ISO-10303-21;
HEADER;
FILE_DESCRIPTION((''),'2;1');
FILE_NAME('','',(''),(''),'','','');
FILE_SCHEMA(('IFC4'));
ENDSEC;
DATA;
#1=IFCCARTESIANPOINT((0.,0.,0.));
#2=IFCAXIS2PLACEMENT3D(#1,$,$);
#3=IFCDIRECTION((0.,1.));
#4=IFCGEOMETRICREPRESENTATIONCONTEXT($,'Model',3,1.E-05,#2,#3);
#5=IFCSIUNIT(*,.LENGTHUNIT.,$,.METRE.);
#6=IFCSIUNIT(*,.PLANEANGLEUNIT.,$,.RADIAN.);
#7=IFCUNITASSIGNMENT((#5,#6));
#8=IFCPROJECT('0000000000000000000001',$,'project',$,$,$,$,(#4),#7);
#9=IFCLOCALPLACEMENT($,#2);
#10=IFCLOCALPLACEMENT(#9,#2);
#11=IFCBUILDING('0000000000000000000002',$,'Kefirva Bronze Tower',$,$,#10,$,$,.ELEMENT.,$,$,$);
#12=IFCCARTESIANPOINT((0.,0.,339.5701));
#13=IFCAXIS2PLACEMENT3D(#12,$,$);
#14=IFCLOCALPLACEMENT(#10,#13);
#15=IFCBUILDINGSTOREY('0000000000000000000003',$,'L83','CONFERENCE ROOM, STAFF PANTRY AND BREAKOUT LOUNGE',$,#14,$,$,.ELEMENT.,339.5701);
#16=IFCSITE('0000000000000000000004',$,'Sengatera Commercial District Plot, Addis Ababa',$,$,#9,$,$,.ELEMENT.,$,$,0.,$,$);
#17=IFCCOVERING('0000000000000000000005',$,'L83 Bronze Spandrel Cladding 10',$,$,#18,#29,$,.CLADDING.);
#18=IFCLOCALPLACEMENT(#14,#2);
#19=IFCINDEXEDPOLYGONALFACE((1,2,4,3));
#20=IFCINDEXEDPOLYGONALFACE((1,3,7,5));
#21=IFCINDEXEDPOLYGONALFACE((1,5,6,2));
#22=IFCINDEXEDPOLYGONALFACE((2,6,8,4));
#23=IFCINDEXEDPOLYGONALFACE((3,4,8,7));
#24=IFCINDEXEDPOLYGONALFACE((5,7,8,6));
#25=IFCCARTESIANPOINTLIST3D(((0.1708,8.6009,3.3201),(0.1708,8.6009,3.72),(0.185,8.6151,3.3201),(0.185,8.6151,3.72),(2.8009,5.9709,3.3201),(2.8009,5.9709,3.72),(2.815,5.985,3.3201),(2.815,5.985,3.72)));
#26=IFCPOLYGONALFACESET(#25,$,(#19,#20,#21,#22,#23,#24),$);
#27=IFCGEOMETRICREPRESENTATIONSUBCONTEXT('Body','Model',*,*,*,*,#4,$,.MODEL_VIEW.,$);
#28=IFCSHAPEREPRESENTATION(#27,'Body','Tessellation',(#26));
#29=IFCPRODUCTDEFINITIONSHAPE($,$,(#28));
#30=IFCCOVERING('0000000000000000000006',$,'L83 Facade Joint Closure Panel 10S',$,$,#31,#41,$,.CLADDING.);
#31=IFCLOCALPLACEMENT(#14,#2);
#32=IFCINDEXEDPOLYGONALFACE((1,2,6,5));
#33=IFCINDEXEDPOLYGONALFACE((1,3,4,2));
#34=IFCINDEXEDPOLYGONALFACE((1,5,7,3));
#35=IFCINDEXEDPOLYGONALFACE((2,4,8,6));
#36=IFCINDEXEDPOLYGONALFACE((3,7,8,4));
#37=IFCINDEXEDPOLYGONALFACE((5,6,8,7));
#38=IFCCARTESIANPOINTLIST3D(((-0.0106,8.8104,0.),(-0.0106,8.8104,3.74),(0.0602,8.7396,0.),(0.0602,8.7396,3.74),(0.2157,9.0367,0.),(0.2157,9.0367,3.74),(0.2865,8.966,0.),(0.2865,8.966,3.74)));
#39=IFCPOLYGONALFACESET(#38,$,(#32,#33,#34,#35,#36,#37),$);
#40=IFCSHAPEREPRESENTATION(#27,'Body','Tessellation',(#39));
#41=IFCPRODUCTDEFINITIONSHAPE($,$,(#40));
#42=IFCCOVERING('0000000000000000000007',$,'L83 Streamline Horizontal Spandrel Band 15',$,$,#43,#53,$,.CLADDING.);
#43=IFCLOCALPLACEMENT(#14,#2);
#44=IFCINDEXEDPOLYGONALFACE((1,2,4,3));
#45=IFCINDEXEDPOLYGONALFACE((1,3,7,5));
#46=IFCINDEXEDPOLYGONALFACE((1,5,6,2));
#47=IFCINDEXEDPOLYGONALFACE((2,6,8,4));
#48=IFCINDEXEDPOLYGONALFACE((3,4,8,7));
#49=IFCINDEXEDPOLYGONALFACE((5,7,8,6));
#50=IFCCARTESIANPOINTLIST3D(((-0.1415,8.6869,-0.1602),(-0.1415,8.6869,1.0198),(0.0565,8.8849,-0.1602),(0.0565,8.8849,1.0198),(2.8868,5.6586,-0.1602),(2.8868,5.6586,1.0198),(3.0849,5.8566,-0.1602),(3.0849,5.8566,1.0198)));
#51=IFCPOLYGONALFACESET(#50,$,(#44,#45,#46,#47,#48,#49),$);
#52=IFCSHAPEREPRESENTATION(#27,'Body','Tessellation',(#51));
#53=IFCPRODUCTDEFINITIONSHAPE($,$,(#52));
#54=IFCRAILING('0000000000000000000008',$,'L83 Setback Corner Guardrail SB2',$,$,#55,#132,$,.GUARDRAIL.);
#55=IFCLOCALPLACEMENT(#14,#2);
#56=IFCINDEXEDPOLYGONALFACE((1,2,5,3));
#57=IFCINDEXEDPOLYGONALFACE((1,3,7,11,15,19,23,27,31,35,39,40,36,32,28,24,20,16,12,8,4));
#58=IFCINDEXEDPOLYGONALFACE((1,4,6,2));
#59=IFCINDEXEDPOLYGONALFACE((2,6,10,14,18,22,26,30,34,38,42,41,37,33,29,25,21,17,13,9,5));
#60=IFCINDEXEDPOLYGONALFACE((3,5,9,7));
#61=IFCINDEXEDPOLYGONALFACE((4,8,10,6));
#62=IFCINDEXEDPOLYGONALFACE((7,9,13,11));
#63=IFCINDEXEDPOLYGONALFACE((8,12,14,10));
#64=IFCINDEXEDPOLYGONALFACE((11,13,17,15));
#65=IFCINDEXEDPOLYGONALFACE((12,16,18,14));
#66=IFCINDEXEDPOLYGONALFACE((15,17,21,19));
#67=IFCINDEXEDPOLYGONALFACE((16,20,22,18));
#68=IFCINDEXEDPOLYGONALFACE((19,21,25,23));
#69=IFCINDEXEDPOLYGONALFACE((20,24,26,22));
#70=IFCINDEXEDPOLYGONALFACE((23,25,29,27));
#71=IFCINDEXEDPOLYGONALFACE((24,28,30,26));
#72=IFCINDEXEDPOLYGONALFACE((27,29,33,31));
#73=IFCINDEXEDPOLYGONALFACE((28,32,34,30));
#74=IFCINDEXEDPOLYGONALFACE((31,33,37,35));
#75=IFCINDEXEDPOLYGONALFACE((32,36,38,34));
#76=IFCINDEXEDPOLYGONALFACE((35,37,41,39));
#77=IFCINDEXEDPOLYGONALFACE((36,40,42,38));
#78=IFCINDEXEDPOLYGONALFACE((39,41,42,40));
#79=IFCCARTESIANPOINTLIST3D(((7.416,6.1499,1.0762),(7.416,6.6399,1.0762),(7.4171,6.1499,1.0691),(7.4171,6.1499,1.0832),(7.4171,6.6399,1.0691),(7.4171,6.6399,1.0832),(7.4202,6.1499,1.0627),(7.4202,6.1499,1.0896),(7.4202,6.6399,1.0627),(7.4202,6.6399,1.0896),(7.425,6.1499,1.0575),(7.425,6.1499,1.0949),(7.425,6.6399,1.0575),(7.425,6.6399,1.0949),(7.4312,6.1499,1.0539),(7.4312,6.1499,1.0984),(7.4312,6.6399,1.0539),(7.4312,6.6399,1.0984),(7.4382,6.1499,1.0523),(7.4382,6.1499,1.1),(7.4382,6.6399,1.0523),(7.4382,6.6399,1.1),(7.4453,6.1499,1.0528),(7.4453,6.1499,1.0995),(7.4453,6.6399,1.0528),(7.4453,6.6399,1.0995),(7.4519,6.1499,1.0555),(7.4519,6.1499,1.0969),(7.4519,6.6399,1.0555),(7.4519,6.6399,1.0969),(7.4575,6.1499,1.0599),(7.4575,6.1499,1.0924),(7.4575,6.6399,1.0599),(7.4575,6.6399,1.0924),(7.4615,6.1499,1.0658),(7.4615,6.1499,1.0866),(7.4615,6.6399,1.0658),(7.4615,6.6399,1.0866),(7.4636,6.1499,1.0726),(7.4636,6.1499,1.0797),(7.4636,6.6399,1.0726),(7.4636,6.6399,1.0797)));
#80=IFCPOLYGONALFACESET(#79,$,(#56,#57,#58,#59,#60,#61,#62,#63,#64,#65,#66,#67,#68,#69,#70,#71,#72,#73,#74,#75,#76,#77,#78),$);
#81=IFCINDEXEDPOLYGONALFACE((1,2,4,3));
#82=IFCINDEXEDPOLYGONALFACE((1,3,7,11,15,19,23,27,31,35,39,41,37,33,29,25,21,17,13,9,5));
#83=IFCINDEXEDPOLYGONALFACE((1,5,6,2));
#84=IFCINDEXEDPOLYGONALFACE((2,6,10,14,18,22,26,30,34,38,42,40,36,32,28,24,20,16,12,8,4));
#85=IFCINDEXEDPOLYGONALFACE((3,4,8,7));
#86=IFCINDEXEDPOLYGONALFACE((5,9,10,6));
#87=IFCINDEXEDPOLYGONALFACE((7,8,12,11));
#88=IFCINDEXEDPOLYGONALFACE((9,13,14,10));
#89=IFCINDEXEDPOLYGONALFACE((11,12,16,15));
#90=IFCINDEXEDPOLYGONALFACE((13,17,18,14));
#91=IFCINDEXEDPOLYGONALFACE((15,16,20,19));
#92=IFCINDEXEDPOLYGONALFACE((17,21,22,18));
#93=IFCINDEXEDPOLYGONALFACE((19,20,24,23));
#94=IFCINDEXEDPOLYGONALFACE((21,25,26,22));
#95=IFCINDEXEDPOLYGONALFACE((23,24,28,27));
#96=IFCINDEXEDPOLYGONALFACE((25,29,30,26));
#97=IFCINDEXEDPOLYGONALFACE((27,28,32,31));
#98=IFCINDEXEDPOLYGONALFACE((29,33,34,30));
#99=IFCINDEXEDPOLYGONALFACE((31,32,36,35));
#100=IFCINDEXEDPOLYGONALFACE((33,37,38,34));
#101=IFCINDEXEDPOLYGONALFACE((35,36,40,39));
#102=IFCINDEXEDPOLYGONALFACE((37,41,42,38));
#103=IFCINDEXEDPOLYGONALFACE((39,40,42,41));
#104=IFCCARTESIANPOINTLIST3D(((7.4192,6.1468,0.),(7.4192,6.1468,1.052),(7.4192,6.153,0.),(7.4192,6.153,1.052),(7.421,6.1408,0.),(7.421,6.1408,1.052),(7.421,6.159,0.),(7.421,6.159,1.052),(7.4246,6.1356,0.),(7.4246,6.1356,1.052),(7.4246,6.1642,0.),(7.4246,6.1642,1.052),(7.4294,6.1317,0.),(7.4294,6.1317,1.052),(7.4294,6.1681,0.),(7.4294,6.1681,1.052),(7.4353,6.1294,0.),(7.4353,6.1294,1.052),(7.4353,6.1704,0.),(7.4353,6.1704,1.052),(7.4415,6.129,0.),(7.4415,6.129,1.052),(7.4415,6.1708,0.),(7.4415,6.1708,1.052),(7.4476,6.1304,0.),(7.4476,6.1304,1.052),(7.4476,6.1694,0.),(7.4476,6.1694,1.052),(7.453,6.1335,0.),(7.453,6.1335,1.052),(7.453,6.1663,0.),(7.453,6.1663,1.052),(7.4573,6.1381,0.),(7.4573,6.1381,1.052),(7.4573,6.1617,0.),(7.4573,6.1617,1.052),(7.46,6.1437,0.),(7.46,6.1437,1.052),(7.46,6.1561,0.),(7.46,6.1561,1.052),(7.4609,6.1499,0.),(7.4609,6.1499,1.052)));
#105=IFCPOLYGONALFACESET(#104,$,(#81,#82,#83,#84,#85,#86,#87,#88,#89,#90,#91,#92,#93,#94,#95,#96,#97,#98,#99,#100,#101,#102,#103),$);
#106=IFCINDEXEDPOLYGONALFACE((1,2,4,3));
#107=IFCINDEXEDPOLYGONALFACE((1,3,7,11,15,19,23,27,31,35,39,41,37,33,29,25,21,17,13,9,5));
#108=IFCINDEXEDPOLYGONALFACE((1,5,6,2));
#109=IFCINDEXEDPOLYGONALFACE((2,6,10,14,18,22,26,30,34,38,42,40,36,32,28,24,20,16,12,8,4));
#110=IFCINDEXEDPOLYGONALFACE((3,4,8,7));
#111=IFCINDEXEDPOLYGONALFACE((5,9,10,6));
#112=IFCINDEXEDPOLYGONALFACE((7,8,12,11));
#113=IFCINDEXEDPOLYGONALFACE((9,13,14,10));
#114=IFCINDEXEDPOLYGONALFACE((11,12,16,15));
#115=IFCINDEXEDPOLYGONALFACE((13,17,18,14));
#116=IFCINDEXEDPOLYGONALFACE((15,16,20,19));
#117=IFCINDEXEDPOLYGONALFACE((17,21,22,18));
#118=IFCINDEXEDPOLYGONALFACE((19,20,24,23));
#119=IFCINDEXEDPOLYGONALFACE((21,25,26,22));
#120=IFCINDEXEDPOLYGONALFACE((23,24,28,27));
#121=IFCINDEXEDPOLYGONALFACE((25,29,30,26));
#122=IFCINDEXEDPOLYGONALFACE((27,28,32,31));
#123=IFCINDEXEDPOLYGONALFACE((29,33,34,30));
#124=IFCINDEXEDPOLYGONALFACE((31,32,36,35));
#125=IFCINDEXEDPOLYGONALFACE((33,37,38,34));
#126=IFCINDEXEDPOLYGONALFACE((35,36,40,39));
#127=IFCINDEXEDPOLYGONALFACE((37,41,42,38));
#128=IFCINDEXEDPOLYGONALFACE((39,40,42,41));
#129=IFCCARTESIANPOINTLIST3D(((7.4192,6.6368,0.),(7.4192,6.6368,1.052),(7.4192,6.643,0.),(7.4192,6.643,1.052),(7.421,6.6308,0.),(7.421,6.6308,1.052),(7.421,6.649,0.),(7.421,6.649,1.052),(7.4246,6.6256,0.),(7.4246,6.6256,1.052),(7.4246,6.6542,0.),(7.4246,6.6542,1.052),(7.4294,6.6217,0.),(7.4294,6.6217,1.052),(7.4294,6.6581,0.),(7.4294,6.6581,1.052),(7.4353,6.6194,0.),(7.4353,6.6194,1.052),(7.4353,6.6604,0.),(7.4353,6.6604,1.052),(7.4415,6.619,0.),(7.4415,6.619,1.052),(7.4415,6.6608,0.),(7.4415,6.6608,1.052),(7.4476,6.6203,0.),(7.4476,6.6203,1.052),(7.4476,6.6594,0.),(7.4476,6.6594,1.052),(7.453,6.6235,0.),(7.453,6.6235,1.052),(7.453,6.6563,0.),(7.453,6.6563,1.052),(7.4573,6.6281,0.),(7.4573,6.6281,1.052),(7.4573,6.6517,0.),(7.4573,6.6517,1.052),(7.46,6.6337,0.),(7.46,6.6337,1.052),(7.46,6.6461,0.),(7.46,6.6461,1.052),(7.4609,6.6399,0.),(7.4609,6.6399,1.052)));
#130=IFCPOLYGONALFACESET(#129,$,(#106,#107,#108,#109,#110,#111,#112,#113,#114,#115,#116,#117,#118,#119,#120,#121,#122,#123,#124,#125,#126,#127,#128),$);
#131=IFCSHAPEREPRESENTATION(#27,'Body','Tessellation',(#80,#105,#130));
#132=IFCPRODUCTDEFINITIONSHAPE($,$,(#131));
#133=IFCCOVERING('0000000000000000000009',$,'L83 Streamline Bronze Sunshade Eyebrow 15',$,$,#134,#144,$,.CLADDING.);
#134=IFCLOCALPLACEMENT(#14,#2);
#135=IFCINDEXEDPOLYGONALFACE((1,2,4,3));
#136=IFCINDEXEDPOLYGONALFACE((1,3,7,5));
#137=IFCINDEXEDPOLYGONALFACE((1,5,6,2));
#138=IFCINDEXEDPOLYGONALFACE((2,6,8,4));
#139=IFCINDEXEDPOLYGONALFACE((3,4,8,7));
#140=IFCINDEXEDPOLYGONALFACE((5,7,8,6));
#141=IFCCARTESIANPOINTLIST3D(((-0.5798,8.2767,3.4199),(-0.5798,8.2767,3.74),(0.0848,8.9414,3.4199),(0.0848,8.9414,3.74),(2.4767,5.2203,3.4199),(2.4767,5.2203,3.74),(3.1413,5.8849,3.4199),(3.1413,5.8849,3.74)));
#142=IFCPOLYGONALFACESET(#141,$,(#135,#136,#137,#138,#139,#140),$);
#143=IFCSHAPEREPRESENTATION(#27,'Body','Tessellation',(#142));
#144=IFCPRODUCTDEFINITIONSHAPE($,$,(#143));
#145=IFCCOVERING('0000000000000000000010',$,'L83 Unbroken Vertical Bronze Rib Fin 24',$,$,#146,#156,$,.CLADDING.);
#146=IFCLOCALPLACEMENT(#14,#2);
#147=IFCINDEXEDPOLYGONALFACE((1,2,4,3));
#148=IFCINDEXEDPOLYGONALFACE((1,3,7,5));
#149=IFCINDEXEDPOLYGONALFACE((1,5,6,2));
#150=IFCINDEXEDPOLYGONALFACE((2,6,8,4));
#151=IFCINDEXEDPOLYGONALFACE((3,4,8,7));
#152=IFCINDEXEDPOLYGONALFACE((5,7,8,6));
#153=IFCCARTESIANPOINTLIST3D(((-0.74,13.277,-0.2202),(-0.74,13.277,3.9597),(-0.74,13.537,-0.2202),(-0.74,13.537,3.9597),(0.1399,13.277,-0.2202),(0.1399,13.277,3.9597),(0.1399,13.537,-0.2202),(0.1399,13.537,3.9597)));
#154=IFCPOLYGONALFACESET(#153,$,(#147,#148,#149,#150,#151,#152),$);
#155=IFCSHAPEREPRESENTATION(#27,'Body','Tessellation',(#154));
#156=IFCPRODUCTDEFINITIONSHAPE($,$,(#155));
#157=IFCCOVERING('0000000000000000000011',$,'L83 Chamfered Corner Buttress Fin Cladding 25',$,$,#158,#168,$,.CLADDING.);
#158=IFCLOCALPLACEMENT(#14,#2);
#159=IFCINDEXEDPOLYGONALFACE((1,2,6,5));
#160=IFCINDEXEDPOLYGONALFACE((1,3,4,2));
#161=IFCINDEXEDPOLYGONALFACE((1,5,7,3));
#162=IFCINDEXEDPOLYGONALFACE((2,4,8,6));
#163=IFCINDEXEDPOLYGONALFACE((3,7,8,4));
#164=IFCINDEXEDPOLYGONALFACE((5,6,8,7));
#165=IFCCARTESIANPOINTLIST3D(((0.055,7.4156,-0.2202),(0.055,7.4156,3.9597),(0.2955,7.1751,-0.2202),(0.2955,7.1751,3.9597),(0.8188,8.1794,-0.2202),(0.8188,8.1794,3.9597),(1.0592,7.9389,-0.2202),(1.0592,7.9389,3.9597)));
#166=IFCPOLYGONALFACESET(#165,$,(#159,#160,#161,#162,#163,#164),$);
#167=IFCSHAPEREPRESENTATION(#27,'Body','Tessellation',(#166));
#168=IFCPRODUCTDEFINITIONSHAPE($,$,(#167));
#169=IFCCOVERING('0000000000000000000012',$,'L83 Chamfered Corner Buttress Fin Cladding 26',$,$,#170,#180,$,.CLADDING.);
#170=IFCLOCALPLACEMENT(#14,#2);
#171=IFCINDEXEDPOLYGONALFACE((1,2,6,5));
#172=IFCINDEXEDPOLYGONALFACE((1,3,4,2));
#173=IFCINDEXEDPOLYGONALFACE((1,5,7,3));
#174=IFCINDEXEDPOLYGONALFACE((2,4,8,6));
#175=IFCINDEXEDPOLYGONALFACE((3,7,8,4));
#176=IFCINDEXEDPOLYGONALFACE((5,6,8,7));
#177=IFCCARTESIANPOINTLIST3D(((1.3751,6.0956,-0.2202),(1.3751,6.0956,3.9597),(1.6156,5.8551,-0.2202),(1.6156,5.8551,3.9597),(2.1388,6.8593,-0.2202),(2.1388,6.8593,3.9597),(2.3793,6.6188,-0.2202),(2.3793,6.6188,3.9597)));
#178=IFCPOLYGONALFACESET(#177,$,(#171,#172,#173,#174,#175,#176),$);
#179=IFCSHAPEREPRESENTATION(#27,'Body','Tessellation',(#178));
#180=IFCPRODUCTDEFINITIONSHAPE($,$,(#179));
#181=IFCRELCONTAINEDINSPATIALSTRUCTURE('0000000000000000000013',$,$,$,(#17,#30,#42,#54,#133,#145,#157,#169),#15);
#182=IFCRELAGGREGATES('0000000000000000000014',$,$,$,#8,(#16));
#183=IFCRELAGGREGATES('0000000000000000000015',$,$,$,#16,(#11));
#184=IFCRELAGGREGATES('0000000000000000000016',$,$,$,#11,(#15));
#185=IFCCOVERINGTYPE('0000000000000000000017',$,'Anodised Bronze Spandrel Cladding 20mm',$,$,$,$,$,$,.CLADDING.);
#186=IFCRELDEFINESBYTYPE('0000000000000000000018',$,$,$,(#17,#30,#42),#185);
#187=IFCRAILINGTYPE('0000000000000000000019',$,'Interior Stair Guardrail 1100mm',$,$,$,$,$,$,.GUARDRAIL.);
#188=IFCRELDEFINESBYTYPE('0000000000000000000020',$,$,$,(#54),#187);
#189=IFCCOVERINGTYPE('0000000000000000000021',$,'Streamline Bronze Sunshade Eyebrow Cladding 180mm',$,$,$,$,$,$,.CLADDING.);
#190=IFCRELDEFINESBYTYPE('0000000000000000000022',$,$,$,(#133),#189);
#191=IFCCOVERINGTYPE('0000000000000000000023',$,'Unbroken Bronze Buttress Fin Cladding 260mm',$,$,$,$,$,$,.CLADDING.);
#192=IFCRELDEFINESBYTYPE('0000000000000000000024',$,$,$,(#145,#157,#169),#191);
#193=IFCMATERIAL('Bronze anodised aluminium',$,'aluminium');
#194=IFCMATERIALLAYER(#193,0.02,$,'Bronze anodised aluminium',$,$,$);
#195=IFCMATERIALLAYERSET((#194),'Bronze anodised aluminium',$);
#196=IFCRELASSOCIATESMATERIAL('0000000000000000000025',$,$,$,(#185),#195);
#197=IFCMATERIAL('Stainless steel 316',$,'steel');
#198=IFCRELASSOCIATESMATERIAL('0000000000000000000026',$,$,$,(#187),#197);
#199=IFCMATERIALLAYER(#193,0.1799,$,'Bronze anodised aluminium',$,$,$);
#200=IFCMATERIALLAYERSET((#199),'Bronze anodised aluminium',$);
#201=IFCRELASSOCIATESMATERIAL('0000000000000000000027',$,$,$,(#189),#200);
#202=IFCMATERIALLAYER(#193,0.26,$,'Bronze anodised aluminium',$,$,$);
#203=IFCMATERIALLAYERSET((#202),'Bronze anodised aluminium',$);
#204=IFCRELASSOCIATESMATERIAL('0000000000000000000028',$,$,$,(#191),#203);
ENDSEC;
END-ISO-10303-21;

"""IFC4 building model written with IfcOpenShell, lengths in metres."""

from ifc_helpers import new_model, si_unit, direction, frame, origin, origin_2d, place, context, subcontext, project, spatial, rectangle, circle, extrude, material, layer, layer_set, type_object, element, save


model = new_model("IFC4")

# Units and contexts
model_context = context("Model", 3, precision=1e-05, world=origin(), true_north=direction((0.0, 1.0)))
body_context = subcontext(model_context, "Body", "Model", "MODEL_VIEW")
ifc_project = project(units=[si_unit("LENGTHUNIT", "METRE"), si_unit("PLANEANGLEUNIT", "RADIAN")], contexts=[model_context])

# Site, building, storey
site_placement = place(None, origin())
site = spatial("IfcSite", under=ifc_project, at=site_placement, Name="Sengatera Commercial District Plot, Addis Ababa", CompositionType="ELEMENT", RefElevation=0.0)
building_placement = place(site_placement, origin())
building = spatial("IfcBuilding", under=site, at=building_placement, Name="Kefirva Bronze Tower", CompositionType="ELEMENT")
storey_placement = place(building_placement, frame((0.0, 0.0, 339.5701)))
storey = spatial("IfcBuildingStorey", under=building, at=storey_placement, Name="L83", Description="CONFERENCE ROOM, STAFF PANTRY AND BREAKOUT LOUNGE", CompositionType="ELEMENT", Elevation=339.5701)

# Shared definitions
ifc_material_1 = material(Name="Bronze anodised aluminium", Category="aluminium")

# Coverings
ifc_layer_1 = layer(ifc_material_1, 0.02, Name="Bronze anodised aluminium")
ifc_layer_set_1 = layer_set([ifc_layer_1], Name="Bronze anodised aluminium")
covering_type_1 = type_object("IfcCoveringType", Name="Anodised Bronze Spandrel Cladding 20mm", PredefinedType="CLADDING", material=ifc_layer_set_1)
covering_1_placement = place(storey_placement, frame((1.4929, 7.293, 3.3201), z_axis=(0.0, 0.0, 1.0), x_axis=(0.707107, -0.707107, 0.0)))
element("IfcCovering", 1, at=covering_1_placement, inside=storey, type_object=covering_type_1, Name="L83 Bronze Spandrel Cladding 10", PredefinedType="CLADDING", context=body_context, shape_type="SweptSolid", body=[
    extrude(rectangle(XDim=3.7195, YDim=0.02, at=origin_2d()), origin(), (0.0, 0.0, 1.0), 0.3999),
])
covering_2_placement = place(storey_placement, frame((0.1379, 8.8882, 0.0), z_axis=(0.0, 0.0, 1.0), x_axis=(0.707107, -0.707107, 0.0)))
element("IfcCovering", 2, at=covering_2_placement, inside=storey, type_object=covering_type_1, Name="L83 Facade Joint Closure Panel 10S", PredefinedType="CLADDING", context=body_context, shape_type="SweptSolid", body=[
    extrude(rectangle(XDim=0.1001, YDim=0.3201, at=origin_2d()), origin(), (0.0, 0.0, 1.0), 3.74),
])
covering_3_placement = place(storey_placement, frame((1.4717, 7.2717, -0.1602), z_axis=(0.0, 0.0, 1.0), x_axis=(0.707107, -0.707107, 0.0)))
element("IfcCovering", 3, at=covering_3_placement, inside=storey, type_object=covering_type_1, Name="L83 Streamline Horizontal Spandrel Band 15", PredefinedType="CLADDING", context=body_context, shape_type="SweptSolid", body=[
    extrude(rectangle(XDim=4.2827, YDim=0.28, at=origin_2d()), origin(), (0.0, 0.0, 1.0), 1.1799),
])

# Railing
ifc_material_2 = material(Name="Stainless steel 316", Category="steel")
railing_type = type_object("IfcRailingType", Name="Interior Stair Guardrail 1100mm", PredefinedType="GUARDRAIL", material=ifc_material_2)
railing_placement = place(storey_placement, frame((7.4399, 6.1499, 0.0)))
element("IfcRailing", 4, at=railing_placement, inside=storey, type_object=railing_type, Name="L83 Setback Corner Guardrail SB2", PredefinedType="GUARDRAIL", context=body_context, shape_type="SweptSolid", body=[
    extrude(circle(Radius=0.0239, at=origin_2d()), frame((0.0, 0.0, 1.0762), z_axis=(0.0, 1.0, 0.0), x_axis=(-1.0, 0.0, 0.0)), (0.0, 0.0, 1.0), 0.49),
    extrude(circle(Radius=0.021, at=origin_2d()), origin(), (0.0, 0.0, 1.0), 1.052),
    extrude(circle(Radius=0.021, at=origin_2d()), frame((0.0, 0.49, 0.0)), (0.0, 0.0, 1.0), 1.052),
])

# Coverings
ifc_layer_2 = layer(ifc_material_1, 0.1799, Name="Bronze anodised aluminium")
ifc_layer_set_2 = layer_set([ifc_layer_2], Name="Bronze anodised aluminium")
covering_type_2 = type_object("IfcCoveringType", Name="Streamline Bronze Sunshade Eyebrow Cladding 180mm", PredefinedType="CLADDING", material=ifc_layer_set_2)
covering_4_placement = place(storey_placement, frame((1.2808, 7.0808, 3.4199), z_axis=(0.0, 0.0, 1.0), x_axis=(0.707107, -0.707107, 0.0)))
element("IfcCovering", 5, at=covering_4_placement, inside=storey, type_object=covering_type_2, Name="L83 Streamline Bronze Sunshade Eyebrow 15", PredefinedType="CLADDING", context=body_context, shape_type="SweptSolid", body=[
    extrude(rectangle(XDim=4.3225, YDim=0.9399, at=origin_2d()), origin(), (0.0, 0.0, 1.0), 0.3201),
])
ifc_layer_3 = layer(ifc_material_1, 0.26, Name="Bronze anodised aluminium")
ifc_layer_set_3 = layer_set([ifc_layer_3], Name="Bronze anodised aluminium")
covering_type_3 = type_object("IfcCoveringType", Name="Unbroken Bronze Buttress Fin Cladding 260mm", PredefinedType="CLADDING", material=ifc_layer_set_3)
covering_5_placement = place(storey_placement, frame((-0.3, 13.407, -0.2202), z_axis=(0.0, 0.0, 1.0), x_axis=(0.0, -1.0, 0.0)))
element("IfcCovering", 6, at=covering_5_placement, inside=storey, type_object=covering_type_3, Name="L83 Unbroken Vertical Bronze Rib Fin 24", PredefinedType="CLADDING", context=body_context, shape_type="SweptSolid", body=[
    extrude(rectangle(XDim=0.26, YDim=0.8799, at=origin_2d()), origin(), (0.0, 0.0, 1.0), 4.1799),
])
for number, where, z_axis, x_axis, name in (
    (7, (0.5571, 7.6772, -0.2202), (0.0, 0.0, 1.0), (0.707107, -0.707107, 0.0), "L83 Chamfered Corner Buttress Fin Cladding 25"),
    (8, (1.8772, 6.3572, -0.2202), (0.0, 0.0, 1.0), (0.707107, -0.707107, 0.0), "L83 Chamfered Corner Buttress Fin Cladding 26"),
):
    element("IfcCovering", number, at=place(storey_placement, frame(where, z_axis=z_axis, x_axis=x_axis)), inside=storey, type_object=covering_type_3, Name=name, PredefinedType="CLADDING", context=body_context, shape_type="SweptSolid", body=[
        extrude(rectangle(XDim=0.3401, YDim=1.0801, at=origin_2d()), origin(), (0.0, 0.0, 1.0), 4.1799),
    ])

save(model, "model.ifc")
